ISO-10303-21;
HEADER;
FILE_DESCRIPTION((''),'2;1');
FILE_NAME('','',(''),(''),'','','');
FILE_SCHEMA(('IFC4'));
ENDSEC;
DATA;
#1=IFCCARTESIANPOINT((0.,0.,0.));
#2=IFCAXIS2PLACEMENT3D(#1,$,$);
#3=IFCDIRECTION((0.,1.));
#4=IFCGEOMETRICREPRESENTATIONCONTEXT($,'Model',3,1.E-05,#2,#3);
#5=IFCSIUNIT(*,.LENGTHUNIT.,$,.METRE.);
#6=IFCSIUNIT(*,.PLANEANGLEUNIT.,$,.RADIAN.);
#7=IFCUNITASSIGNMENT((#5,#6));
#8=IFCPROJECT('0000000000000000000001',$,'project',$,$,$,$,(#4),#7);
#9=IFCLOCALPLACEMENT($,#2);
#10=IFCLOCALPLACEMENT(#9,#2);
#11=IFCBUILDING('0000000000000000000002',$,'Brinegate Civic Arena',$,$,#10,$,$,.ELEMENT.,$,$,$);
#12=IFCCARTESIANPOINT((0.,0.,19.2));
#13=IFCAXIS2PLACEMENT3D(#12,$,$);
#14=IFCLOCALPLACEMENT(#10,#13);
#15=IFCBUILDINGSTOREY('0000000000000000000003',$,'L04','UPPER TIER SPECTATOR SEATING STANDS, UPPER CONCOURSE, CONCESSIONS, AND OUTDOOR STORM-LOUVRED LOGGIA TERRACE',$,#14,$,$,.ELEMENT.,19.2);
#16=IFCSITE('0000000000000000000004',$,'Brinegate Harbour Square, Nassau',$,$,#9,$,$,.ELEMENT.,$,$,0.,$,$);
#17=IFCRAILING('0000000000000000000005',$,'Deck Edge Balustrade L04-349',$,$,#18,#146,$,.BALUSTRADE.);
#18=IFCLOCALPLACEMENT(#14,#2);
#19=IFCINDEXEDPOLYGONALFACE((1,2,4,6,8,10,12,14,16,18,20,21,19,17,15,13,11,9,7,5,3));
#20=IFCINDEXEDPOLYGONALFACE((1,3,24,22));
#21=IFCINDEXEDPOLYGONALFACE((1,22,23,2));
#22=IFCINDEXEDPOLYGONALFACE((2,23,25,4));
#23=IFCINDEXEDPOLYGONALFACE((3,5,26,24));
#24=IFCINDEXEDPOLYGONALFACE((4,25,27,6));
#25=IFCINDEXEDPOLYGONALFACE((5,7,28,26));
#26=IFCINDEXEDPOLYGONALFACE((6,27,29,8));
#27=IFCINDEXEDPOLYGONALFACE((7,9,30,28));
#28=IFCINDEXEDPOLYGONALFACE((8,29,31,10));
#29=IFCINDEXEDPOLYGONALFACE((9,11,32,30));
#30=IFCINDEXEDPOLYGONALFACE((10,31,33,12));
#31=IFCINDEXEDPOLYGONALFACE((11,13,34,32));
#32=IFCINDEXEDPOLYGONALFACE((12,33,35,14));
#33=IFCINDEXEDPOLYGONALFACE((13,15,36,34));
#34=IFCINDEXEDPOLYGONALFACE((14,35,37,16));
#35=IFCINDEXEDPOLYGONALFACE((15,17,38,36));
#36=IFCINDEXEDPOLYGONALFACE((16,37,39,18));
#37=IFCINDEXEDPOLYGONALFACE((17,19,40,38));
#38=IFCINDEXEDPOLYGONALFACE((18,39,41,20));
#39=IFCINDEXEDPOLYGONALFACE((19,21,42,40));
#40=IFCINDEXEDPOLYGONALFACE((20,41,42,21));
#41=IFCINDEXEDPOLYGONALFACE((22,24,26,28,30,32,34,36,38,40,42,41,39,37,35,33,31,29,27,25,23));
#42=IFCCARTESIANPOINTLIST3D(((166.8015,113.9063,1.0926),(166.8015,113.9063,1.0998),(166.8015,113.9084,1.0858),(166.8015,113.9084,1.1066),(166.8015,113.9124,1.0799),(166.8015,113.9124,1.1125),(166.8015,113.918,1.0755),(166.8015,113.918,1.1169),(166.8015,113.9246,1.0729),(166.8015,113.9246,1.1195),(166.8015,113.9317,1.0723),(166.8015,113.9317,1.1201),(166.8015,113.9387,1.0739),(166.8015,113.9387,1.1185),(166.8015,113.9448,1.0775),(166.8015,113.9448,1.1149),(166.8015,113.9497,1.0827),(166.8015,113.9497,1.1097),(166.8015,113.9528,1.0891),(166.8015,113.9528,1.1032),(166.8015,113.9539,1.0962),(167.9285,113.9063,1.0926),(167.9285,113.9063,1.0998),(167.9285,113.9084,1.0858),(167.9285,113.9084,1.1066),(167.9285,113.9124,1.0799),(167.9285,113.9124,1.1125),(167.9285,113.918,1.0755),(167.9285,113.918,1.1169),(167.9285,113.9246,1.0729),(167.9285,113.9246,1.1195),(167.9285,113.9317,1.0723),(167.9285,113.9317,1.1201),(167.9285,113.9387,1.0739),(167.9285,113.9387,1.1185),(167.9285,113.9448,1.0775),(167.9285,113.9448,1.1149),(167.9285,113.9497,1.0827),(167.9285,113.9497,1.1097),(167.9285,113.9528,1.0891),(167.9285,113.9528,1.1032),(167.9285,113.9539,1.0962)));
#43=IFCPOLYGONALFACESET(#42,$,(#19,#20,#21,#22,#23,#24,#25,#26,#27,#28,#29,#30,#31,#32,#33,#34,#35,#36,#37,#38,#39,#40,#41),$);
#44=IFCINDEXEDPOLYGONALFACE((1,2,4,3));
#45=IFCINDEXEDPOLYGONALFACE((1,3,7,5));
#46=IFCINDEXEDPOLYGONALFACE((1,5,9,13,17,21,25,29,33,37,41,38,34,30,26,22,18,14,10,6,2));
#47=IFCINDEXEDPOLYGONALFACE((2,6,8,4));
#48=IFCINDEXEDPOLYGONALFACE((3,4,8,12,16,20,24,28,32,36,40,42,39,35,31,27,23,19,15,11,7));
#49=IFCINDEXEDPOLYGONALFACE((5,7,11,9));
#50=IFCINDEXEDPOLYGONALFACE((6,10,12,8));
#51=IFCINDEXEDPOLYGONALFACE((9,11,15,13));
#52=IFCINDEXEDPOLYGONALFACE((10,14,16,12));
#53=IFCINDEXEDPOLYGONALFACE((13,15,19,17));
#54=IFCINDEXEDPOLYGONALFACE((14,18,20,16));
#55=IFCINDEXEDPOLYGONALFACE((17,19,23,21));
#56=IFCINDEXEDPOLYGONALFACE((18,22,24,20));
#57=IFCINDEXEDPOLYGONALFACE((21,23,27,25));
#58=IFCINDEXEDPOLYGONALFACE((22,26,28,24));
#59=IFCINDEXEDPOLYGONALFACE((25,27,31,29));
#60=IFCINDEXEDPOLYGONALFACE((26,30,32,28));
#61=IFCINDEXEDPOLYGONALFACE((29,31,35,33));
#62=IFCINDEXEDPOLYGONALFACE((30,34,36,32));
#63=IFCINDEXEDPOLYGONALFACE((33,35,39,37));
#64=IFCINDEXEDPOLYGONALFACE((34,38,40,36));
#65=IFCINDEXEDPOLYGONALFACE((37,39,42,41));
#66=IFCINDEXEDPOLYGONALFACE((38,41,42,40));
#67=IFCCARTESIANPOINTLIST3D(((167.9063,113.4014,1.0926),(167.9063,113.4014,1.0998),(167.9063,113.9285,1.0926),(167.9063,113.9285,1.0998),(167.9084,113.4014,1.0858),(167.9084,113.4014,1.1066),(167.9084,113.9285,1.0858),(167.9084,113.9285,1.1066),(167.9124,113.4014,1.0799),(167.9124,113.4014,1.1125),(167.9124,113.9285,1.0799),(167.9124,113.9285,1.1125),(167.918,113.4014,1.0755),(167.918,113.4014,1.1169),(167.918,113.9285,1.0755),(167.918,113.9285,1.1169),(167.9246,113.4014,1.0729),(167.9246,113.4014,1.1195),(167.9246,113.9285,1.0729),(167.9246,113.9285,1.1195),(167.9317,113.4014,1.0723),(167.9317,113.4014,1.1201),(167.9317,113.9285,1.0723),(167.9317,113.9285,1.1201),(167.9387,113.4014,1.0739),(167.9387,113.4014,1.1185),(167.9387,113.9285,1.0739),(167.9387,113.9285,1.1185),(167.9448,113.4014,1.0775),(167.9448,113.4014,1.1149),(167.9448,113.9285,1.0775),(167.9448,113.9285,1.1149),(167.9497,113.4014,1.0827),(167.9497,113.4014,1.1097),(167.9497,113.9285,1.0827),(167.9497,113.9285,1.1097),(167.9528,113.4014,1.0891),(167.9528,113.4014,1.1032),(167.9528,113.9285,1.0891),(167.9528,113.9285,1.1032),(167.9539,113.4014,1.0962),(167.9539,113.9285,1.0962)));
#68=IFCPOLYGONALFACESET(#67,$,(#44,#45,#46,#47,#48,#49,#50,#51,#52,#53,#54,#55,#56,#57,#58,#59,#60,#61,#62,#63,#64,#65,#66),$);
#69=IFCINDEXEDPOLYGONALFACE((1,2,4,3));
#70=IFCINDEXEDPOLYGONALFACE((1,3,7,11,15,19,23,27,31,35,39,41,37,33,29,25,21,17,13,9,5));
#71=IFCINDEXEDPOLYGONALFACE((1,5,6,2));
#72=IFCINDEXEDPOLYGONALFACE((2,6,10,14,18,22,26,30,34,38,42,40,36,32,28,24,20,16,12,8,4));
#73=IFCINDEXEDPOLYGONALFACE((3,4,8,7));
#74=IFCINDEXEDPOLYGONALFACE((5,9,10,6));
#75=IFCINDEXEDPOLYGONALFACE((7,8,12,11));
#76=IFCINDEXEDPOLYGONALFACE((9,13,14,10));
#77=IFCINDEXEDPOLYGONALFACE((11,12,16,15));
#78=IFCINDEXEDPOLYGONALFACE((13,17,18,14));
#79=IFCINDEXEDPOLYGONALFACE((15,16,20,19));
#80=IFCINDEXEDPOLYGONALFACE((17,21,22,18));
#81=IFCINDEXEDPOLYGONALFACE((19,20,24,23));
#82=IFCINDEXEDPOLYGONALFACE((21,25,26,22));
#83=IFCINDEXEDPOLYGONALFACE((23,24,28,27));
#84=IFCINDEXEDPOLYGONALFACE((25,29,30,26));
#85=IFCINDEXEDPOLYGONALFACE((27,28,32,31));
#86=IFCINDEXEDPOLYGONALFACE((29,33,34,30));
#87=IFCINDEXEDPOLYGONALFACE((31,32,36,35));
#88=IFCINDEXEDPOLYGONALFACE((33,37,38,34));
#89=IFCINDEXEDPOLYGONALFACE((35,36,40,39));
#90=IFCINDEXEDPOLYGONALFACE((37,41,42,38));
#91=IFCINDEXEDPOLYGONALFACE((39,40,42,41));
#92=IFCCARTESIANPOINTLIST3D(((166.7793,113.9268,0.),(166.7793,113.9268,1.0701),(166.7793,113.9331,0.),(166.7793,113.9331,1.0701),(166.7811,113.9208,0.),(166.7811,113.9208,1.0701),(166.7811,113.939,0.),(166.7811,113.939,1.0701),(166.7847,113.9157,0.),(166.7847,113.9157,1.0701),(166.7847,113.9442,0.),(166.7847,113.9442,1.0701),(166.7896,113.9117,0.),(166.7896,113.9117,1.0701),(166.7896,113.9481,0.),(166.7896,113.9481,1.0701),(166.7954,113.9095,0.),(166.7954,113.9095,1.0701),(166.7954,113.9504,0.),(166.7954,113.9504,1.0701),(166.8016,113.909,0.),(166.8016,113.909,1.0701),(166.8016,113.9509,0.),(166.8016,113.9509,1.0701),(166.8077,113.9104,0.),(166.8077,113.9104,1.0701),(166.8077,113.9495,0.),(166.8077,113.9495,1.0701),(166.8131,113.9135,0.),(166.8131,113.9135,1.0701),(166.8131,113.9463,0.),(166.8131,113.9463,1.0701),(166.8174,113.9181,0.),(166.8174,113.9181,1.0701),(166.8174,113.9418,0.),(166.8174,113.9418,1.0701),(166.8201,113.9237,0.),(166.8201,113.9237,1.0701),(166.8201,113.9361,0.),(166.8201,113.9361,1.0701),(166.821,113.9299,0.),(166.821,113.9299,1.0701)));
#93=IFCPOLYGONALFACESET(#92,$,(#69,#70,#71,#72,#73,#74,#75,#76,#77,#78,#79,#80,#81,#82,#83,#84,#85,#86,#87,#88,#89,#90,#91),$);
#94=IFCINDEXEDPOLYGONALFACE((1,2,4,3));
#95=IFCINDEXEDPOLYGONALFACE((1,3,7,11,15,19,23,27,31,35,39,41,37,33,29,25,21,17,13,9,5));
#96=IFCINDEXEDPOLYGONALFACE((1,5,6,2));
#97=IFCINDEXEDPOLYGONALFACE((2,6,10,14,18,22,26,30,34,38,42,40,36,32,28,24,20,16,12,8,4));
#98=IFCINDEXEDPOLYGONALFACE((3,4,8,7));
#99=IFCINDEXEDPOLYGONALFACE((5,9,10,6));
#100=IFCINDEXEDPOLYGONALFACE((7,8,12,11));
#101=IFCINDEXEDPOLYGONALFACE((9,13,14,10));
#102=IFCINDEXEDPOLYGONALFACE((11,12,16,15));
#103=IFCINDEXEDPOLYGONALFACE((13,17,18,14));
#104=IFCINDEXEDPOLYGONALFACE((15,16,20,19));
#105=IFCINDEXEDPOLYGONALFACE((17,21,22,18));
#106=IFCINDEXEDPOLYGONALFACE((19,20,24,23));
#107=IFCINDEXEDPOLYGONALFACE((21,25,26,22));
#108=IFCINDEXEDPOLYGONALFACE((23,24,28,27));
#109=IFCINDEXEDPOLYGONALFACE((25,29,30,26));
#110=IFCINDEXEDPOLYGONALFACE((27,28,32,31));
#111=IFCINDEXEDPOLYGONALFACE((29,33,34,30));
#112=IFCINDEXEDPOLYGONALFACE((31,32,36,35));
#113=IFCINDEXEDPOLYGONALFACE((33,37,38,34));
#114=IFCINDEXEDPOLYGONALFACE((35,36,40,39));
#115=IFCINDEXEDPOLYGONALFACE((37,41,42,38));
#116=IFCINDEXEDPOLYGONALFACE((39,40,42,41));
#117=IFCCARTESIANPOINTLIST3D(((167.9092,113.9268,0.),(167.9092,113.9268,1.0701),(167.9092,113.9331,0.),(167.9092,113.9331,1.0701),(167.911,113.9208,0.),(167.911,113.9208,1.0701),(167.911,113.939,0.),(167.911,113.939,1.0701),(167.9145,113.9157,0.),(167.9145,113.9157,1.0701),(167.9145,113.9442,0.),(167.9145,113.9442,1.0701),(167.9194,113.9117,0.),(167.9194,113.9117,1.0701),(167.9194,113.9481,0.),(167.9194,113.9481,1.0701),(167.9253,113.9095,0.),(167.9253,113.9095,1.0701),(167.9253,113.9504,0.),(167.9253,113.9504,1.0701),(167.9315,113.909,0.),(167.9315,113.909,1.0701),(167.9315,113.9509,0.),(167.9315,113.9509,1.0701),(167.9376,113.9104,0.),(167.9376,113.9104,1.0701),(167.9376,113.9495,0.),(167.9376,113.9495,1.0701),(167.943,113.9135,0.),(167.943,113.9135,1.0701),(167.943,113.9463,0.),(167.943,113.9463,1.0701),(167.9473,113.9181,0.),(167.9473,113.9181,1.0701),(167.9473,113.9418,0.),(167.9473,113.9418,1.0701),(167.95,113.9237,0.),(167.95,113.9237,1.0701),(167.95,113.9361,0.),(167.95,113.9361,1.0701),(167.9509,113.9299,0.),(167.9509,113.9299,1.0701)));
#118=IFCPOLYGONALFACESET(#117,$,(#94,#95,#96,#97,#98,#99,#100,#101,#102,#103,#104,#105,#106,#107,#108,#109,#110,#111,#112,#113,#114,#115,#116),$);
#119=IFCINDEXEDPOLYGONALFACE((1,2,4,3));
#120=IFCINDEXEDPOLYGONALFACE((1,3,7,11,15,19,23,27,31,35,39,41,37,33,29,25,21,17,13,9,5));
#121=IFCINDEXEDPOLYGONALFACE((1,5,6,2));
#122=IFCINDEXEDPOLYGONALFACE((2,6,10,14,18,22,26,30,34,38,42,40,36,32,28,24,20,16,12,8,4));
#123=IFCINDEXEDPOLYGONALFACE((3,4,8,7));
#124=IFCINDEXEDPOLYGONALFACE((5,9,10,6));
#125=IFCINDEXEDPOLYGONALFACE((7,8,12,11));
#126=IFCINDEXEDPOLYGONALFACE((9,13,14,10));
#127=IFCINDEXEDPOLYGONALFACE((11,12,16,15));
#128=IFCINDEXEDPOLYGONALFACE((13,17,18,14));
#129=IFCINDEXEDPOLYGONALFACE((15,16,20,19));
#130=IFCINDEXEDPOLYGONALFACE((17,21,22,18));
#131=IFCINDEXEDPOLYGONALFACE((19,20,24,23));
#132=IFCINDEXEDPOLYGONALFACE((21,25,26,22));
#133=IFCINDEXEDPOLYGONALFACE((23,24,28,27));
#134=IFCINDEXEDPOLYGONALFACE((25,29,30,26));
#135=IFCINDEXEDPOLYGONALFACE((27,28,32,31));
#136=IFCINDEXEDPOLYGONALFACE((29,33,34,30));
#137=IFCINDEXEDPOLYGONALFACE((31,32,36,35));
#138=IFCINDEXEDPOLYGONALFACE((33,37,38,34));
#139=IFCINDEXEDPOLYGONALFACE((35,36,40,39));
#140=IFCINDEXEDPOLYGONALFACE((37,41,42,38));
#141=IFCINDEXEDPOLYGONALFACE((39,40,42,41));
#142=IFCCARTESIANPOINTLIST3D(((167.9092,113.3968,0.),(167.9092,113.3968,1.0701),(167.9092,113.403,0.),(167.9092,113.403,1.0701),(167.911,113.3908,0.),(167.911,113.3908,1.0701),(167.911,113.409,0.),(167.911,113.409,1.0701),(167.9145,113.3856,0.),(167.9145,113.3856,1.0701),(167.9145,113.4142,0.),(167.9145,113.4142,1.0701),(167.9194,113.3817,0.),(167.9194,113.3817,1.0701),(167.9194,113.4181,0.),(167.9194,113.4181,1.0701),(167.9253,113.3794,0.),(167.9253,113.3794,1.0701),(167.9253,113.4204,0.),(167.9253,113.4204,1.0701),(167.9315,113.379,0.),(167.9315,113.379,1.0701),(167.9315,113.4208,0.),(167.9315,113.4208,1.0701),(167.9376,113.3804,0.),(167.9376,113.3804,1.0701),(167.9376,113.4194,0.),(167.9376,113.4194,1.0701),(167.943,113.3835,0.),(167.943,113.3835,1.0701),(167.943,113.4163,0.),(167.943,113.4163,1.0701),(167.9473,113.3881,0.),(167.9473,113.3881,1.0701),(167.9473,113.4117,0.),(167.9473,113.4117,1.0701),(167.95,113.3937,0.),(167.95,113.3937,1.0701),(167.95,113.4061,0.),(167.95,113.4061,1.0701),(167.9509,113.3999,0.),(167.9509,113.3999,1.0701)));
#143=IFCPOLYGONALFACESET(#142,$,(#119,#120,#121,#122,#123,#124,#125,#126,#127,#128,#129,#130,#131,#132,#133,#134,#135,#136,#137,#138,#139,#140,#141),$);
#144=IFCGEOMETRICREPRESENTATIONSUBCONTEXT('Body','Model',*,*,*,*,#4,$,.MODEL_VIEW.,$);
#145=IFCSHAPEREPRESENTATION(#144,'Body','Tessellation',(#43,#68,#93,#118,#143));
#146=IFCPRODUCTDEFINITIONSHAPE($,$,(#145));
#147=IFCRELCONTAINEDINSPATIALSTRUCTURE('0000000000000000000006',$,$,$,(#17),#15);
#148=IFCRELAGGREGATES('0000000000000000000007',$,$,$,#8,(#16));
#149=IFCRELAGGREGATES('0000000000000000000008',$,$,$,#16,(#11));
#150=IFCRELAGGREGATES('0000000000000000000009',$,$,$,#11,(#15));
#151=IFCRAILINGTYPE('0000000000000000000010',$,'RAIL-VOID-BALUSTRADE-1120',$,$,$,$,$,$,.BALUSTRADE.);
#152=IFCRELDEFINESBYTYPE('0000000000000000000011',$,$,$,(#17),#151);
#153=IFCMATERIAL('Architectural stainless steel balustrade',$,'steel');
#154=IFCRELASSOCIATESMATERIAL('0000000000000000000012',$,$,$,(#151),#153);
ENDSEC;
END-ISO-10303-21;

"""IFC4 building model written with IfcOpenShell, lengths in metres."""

from ifc_helpers import new_model, si_unit, direction, frame, origin, origin_2d, place, context, subcontext, project, spatial, circle, extrude, material, type_object, element, save


model = new_model("IFC4")

# Units and contexts
model_context = context("Model", 3, precision=1e-05, world=origin(), true_north=direction((0.0, 1.0)))
body_context = subcontext(model_context, "Body", "Model", "MODEL_VIEW")
ifc_project = project(units=[si_unit("LENGTHUNIT", "METRE"), si_unit("PLANEANGLEUNIT", "RADIAN")], contexts=[model_context])

# Site, building, storey
site_placement = place(None, origin())
site = spatial("IfcSite", under=ifc_project, at=site_placement, Name="Brinegate Harbour Square, Nassau", CompositionType="ELEMENT", RefElevation=0.0)
building_placement = place(site_placement, origin())
building = spatial("IfcBuilding", under=site, at=building_placement, Name="Brinegate Civic Arena", CompositionType="ELEMENT")
storey_placement = place(building_placement, frame((0.0, 0.0, 19.2)))
storey = spatial("IfcBuildingStorey", under=building, at=storey_placement, Name="L04", Description="UPPER TIER SPECTATOR SEATING STANDS, UPPER CONCOURSE, CONCESSIONS, AND OUTDOOR STORM-LOUVRED LOGGIA TERRACE", CompositionType="ELEMENT", Elevation=19.2)

# Railing
ifc_material_1 = material(Name="Architectural stainless steel balustrade", Category="steel")
railing_type_1 = type_object("IfcRailingType", Name="RAIL-VOID-BALUSTRADE-1120", PredefinedType="BALUSTRADE", material=ifc_material_1)
railing_1_placement = place(storey_placement, frame((166.8, 113.9299, 0.0)))
element("IfcRailing", 1, at=railing_1_placement, inside=storey, type_object=railing_type_1, Name="Deck Edge Balustrade L04-349", PredefinedType="BALUSTRADE", context=body_context, shape_type="SweptSolid", body=[
    extrude(circle(Radius=0.0239, at=origin_2d()), frame((0.0015, 0.0, 1.0962), z_axis=(1.0, 0.0, 0.0), x_axis=(0.0, 1.0, 0.0)), (0.0, 0.0, 1.0), 1.127),
    extrude(circle(Radius=0.0239, at=origin_2d()), frame((1.1299, -0.0015, 1.0962), z_axis=(0.0, -1.0, 0.0), x_axis=(1.0, 0.0, 0.0)), (0.0, 0.0, 1.0), 0.5271),
    extrude(circle(Radius=0.021, at=origin_2d()), origin(), (0.0, 0.0, 1.0), 1.0701),
    extrude(circle(Radius=0.021, at=origin_2d()), frame((1.1299, 0.0, 0.0)), (0.0, 0.0, 1.0), 1.0701),
    extrude(circle(Radius=0.021, at=origin_2d()), frame((1.1299, -0.53, 0.0)), (0.0, 0.0, 1.0), 1.0701),
])

save(model, "model.ifc")
